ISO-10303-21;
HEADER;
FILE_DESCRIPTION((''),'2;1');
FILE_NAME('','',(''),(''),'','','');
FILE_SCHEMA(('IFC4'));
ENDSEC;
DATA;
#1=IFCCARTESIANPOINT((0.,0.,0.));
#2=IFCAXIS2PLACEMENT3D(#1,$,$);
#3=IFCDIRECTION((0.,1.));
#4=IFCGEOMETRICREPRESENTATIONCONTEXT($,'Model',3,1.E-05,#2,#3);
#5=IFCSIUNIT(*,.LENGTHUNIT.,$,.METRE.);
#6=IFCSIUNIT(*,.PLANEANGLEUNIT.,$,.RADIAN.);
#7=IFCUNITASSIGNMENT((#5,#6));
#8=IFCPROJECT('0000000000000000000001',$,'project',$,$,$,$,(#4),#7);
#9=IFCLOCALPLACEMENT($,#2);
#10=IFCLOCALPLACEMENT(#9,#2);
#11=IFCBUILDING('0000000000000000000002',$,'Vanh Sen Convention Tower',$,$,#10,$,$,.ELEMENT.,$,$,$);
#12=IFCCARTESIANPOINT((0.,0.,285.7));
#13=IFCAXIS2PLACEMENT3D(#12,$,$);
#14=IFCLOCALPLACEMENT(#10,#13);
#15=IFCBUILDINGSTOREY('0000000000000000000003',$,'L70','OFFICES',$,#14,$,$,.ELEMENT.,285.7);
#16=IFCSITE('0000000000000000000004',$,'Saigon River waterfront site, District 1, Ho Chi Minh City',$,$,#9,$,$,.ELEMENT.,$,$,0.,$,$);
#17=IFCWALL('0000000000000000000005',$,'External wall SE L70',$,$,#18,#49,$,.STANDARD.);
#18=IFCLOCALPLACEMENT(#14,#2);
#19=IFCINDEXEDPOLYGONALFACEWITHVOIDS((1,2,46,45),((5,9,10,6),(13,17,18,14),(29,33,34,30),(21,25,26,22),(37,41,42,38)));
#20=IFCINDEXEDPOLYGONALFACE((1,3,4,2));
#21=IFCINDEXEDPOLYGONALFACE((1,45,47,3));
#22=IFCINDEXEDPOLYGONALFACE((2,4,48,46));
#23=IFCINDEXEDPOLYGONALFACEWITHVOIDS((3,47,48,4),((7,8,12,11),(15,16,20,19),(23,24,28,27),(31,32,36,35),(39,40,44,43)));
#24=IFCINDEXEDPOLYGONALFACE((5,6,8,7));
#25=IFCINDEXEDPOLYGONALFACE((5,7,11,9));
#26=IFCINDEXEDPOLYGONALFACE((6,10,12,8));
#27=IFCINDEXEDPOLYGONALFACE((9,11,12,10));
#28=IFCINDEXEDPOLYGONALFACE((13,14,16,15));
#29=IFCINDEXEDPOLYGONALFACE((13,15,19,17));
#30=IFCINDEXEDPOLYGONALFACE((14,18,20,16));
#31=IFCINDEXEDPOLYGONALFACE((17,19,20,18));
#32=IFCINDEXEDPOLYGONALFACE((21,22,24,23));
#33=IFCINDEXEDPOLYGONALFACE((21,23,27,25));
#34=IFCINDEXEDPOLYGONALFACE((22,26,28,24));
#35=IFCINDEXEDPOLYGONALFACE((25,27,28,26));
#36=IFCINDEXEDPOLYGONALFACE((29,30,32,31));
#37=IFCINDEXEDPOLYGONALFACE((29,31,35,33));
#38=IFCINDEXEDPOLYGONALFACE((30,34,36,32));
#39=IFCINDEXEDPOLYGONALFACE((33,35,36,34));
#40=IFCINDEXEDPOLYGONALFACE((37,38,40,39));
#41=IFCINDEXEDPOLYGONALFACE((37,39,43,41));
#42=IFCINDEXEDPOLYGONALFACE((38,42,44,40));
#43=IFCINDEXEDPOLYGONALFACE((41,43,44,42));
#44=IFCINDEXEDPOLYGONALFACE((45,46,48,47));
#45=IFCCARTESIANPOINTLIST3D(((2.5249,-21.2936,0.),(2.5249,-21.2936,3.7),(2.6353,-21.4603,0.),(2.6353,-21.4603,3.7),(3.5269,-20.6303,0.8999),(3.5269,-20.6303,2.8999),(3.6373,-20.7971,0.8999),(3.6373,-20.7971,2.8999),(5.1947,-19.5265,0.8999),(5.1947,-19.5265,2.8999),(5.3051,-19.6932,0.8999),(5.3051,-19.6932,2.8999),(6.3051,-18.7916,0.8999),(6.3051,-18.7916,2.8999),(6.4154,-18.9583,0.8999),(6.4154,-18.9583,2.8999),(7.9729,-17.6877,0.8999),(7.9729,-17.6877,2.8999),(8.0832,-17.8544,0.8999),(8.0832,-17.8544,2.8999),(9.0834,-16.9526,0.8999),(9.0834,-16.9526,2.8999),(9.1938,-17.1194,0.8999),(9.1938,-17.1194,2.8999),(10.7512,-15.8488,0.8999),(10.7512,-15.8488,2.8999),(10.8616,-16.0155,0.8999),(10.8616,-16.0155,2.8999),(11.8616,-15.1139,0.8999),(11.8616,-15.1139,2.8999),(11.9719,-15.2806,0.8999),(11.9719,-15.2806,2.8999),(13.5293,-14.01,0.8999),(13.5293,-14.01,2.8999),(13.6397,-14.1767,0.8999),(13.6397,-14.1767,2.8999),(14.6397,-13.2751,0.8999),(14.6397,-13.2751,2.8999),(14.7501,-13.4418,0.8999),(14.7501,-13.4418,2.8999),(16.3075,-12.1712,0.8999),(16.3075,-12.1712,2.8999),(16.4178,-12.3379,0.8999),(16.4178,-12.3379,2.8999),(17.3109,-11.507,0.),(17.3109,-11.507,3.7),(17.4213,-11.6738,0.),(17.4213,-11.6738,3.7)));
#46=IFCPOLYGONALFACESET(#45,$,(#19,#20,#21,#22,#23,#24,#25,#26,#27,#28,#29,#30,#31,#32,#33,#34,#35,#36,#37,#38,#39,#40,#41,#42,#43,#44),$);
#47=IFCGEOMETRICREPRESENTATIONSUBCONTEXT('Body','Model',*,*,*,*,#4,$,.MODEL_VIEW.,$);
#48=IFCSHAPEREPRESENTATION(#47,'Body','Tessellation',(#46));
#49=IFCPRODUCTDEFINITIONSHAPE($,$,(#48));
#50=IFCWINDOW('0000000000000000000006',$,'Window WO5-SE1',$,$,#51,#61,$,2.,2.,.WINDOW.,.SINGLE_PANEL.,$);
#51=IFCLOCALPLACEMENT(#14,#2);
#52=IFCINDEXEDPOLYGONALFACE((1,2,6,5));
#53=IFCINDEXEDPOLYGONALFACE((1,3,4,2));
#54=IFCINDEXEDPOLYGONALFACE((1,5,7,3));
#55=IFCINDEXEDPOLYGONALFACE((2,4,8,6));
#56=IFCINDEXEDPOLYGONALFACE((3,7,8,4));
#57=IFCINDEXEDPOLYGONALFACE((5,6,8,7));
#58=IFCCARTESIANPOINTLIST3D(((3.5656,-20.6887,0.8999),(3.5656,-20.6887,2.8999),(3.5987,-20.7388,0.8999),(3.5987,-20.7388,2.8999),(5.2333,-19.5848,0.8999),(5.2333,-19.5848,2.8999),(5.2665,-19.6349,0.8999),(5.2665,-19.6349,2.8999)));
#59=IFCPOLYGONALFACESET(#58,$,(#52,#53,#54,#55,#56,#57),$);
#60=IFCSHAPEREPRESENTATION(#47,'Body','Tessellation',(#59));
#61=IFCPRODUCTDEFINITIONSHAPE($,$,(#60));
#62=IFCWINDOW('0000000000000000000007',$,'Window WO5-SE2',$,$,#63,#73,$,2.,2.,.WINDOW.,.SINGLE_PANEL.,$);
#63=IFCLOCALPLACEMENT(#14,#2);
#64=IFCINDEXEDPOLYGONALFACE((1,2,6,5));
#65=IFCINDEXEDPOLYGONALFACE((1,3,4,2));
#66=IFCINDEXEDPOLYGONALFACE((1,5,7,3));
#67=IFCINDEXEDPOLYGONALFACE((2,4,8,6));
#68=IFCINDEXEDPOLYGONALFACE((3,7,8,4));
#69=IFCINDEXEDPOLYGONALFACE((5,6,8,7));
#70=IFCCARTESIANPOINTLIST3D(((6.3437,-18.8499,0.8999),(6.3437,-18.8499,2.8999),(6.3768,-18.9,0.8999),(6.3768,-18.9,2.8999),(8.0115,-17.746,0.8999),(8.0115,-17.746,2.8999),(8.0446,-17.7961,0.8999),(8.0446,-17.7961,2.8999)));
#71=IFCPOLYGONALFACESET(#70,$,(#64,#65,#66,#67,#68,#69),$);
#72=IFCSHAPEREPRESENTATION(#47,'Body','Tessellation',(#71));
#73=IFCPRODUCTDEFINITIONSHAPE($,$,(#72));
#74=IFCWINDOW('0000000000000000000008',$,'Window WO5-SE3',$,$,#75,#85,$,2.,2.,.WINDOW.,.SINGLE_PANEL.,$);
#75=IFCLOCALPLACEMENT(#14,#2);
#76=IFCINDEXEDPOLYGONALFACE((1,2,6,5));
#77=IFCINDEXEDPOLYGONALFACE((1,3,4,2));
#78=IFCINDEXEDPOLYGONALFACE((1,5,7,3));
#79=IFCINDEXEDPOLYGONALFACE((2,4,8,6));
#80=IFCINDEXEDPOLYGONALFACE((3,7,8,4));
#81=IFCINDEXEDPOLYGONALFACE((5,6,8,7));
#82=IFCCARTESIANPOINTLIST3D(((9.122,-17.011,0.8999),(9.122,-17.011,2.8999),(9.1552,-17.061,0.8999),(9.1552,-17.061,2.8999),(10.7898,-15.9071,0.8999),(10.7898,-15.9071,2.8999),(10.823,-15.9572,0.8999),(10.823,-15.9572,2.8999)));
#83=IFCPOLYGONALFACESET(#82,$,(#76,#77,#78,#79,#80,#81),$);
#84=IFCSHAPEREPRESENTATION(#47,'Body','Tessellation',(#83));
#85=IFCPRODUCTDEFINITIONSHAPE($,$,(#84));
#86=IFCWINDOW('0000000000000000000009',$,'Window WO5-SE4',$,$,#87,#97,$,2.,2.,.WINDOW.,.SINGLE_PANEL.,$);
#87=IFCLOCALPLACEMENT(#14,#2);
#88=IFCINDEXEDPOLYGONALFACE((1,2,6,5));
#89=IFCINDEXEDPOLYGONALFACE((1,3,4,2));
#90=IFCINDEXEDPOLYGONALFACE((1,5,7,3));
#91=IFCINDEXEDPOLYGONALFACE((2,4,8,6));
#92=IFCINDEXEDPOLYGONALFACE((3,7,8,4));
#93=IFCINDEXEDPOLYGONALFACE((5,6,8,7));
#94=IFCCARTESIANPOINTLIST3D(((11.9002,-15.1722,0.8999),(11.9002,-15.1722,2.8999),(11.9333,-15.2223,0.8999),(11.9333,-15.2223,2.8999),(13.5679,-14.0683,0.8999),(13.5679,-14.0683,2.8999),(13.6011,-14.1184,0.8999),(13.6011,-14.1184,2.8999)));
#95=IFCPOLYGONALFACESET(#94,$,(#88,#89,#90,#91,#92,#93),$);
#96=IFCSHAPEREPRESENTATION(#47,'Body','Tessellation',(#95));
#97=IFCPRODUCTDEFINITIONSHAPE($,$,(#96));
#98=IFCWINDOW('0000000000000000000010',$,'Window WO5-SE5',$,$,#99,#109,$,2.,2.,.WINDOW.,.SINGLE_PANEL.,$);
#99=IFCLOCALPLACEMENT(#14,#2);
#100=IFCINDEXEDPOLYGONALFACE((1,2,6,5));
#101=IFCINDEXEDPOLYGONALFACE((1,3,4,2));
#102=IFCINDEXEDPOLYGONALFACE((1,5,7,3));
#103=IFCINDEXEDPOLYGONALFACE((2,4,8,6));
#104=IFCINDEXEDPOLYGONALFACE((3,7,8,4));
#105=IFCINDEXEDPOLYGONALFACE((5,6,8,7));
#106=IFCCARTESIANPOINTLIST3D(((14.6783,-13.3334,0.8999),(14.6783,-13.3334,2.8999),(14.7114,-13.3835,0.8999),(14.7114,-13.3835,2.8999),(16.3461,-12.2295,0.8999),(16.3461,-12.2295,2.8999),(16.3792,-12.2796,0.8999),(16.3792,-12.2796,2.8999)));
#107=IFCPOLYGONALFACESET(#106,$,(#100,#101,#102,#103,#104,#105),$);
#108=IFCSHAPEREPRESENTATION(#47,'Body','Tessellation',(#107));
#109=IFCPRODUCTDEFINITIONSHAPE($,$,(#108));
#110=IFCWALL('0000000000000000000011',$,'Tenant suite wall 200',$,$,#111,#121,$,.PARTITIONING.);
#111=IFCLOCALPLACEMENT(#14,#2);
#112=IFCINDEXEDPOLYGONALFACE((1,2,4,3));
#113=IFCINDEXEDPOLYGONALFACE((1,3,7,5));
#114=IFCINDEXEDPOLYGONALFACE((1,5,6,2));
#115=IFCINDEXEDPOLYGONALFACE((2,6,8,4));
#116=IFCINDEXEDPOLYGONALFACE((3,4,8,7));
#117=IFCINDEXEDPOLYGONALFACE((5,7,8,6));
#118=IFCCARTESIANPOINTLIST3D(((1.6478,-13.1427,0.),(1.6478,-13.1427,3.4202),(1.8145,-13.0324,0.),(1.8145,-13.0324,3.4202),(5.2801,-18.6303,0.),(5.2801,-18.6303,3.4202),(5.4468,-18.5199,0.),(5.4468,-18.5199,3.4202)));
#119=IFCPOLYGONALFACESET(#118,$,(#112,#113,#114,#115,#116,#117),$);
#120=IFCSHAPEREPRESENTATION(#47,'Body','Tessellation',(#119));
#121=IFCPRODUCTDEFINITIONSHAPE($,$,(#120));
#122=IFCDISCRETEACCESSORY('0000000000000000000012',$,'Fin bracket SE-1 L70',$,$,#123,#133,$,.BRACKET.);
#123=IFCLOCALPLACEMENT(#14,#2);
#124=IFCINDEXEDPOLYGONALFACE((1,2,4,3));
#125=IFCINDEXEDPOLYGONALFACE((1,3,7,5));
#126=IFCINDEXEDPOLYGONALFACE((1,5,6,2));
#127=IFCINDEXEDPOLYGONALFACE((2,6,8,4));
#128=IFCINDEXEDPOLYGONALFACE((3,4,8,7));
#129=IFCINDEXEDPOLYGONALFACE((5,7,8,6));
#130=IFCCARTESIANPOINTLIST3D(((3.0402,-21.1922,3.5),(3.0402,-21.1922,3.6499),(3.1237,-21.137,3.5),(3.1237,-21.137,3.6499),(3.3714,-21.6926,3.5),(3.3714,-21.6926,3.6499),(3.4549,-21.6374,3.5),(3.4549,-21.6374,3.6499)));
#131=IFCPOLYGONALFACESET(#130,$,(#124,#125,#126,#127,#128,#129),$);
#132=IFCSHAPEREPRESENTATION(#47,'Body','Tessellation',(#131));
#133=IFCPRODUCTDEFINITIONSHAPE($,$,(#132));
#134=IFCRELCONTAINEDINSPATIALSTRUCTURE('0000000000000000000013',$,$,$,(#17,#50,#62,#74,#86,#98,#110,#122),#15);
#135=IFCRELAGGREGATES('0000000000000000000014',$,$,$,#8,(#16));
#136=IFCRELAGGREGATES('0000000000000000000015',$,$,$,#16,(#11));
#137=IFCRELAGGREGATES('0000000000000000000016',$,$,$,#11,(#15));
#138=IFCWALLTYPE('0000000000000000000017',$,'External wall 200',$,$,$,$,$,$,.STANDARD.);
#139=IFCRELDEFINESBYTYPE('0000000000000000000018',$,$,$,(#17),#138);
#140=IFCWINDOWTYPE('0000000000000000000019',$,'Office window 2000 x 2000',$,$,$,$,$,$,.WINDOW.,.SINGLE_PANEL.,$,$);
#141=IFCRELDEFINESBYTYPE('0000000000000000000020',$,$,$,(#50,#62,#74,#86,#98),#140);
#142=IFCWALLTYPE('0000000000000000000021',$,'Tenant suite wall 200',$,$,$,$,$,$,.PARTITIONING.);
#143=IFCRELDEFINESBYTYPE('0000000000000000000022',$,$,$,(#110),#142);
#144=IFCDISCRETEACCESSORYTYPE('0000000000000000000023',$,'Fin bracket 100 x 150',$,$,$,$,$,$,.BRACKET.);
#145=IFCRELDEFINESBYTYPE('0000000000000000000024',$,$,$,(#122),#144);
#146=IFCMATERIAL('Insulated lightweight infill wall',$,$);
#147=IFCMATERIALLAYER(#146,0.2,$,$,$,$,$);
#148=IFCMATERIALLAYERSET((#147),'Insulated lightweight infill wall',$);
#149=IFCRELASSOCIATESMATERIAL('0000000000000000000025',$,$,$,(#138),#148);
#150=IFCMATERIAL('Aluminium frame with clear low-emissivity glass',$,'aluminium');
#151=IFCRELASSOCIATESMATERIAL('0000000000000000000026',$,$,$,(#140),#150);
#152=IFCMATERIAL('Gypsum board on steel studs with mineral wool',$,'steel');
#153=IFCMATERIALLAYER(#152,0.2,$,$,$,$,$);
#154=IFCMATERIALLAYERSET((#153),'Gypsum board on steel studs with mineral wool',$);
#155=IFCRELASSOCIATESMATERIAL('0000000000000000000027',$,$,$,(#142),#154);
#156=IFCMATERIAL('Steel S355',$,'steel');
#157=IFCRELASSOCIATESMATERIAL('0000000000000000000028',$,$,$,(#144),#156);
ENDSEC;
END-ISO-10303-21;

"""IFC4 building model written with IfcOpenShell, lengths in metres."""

from ifc_helpers import new_model, si_unit, direction, frame, frame_2d, origin, origin_2d, place, context, subcontext, project, spatial, rectangle, extrude, material, layer, layer_set, type_object, element, fill, save


model = new_model("IFC4")

# Units and contexts
model_context = context("Model", 3, precision=1e-05, world=origin(), true_north=direction((0.0, 1.0)))
body_context = subcontext(model_context, "Body", "Model", "MODEL_VIEW")
ifc_project = project(units=[si_unit("LENGTHUNIT", "METRE"), si_unit("PLANEANGLEUNIT", "RADIAN")], contexts=[model_context])

# Site, building, storey
site_placement = place(None, origin())
site = spatial("IfcSite", under=ifc_project, at=site_placement, Name="Saigon River waterfront site, District 1, Ho Chi Minh City", CompositionType="ELEMENT", RefElevation=0.0)
building_placement = place(site_placement, origin())
building = spatial("IfcBuilding", under=site, at=building_placement, Name="Vanh Sen Convention Tower", CompositionType="ELEMENT")
storey_placement = place(building_placement, frame((0.0, 0.0, 285.7)))
storey = spatial("IfcBuildingStorey", under=building, at=storey_placement, Name="L70", Description="OFFICES", CompositionType="ELEMENT", Elevation=285.7)

# Shared definitions
ifc_material_1 = material(Name="Gypsum board on steel studs with mineral wool", Category="steel")

# Wall, openings, windows
ifc_material_2 = material(Name="Insulated lightweight infill wall")
ifc_layer_1 = layer(ifc_material_2, 0.2)
ifc_layer_set_1 = layer_set([ifc_layer_1], Name="Insulated lightweight infill wall")
wall_type_1 = type_object("IfcWallType", Name="External wall 200", PredefinedType="STANDARD", material=ifc_layer_set_1)
wall_1_placement = place(storey_placement, frame((2.5801, -21.377, 0.0), z_axis=(0.0, 0.0, 1.0), x_axis=(0.833889, 0.551933, 0.0)))
wall_1 = element("IfcWall", 1, at=wall_1_placement, inside=storey, type_object=wall_type_1, Name="External wall SE L70", PredefinedType="STANDARD", context=body_context, shape_type="SweptSolid", body=[
    extrude(rectangle(XDim=17.7314, YDim=0.2, at=frame_2d((8.8657, 0.0))), origin(), (0.0, 0.0, 1.0), 3.7),
])
opening_1_placement = place(wall_1_placement, frame((1.2017, 0.0, 0.8999)))
opening_1 = element("IfcOpeningElement", 2, at=opening_1_placement, cuts=wall_1, PredefinedType="OPENING", context=body_context, shape_type="SweptSolid", body=[
    extrude(rectangle(XDim=2.0, YDim=2.0, at=frame_2d((1.0, 1.0))), frame((0.0, 0.1099, 0.0), z_axis=(0.0, -1.0, 0.0), x_axis=(1.0, 0.0, 0.0)), (0.0, 0.0, 1.0), 0.22),
])
opening_2_placement = place(wall_1_placement, frame((4.5332, 0.0, 0.8999)))
opening_2 = element("IfcOpeningElement", 3, at=opening_2_placement, cuts=wall_1, PredefinedType="OPENING", context=body_context, shape_type="SweptSolid", body=[
    extrude(rectangle(XDim=2.0, YDim=2.0, at=frame_2d((1.0, 1.0))), frame((0.0, 0.1099, 0.0), z_axis=(0.0, -1.0, 0.0), x_axis=(1.0, 0.0, 0.0)), (0.0, 0.0, 1.0), 0.22),
])
opening_3_placement = place(wall_1_placement, frame((7.865, 0.0, 0.8999)))
opening_3 = element("IfcOpeningElement", 4, at=opening_3_placement, cuts=wall_1, PredefinedType="OPENING", context=body_context, shape_type="SweptSolid", body=[
    extrude(rectangle(XDim=2.0, YDim=2.0, at=frame_2d((1.0, 1.0))), frame((0.0, 0.1099, 0.0), z_axis=(0.0, -1.0, 0.0), x_axis=(1.0, 0.0, 0.0)), (0.0, 0.0, 1.0), 0.22),
])
opening_4_placement = place(wall_1_placement, frame((11.1965, 0.0, 0.8999)))
opening_4 = element("IfcOpeningElement", 5, at=opening_4_placement, cuts=wall_1, PredefinedType="OPENING", context=body_context, shape_type="SweptSolid", body=[
    extrude(rectangle(XDim=2.0, YDim=2.0, at=frame_2d((1.0, 1.0))), frame((0.0, 0.1099, 0.0), z_axis=(0.0, -1.0, 0.0), x_axis=(1.0, 0.0, 0.0)), (0.0, 0.0, 1.0), 0.22),
])
opening_5_placement = place(wall_1_placement, frame((14.5281, 0.0, 0.8999)))
opening_5 = element("IfcOpeningElement", 6, at=opening_5_placement, cuts=wall_1, PredefinedType="OPENING", context=body_context, shape_type="SweptSolid", body=[
    extrude(rectangle(XDim=2.0, YDim=2.0, at=frame_2d((1.0, 1.0))), frame((0.0, 0.1099, 0.0), z_axis=(0.0, -1.0, 0.0), x_axis=(1.0, 0.0, 0.0)), (0.0, 0.0, 1.0), 0.22),
])
ifc_material_3 = material(Name="Aluminium frame with clear low-emissivity glass", Category="aluminium")
window_type = type_object("IfcWindowType", Name="Office window 2000 x 2000", PartitioningType="SINGLE_PANEL", PredefinedType="WINDOW", material=ifc_material_3)
window_1_placement = place(opening_1_placement, origin())
window_1 = element("IfcWindow", 7, at=window_1_placement, inside=storey, type_object=window_type, Name="Window WO5-SE1", OverallHeight=2.0, OverallWidth=2.0, PartitioningType="SINGLE_PANEL", PredefinedType="WINDOW", context=body_context, shape_type="SweptSolid", body=[
    extrude(rectangle(XDim=2.0, YDim=2.0, at=frame_2d((1.0, 1.0))), frame((0.0, 0.03, 0.0), z_axis=(0.0, -1.0, 0.0), x_axis=(1.0, 0.0, 0.0)), (0.0, 0.0, 1.0), 0.0601),
])
fill(opening_1, window_1)
window_2_placement = place(opening_2_placement, origin())
window_2 = element("IfcWindow", 8, at=window_2_placement, inside=storey, type_object=window_type, Name="Window WO5-SE2", OverallHeight=2.0, OverallWidth=2.0, PartitioningType="SINGLE_PANEL", PredefinedType="WINDOW", context=body_context, shape_type="SweptSolid", body=[
    extrude(rectangle(XDim=2.0, YDim=2.0, at=frame_2d((1.0, 1.0))), frame((0.0, 0.03, 0.0), z_axis=(0.0, -1.0, 0.0), x_axis=(1.0, 0.0, 0.0)), (0.0, 0.0, 1.0), 0.0601),
])
fill(opening_2, window_2)
window_3_placement = place(opening_3_placement, origin())
window_3 = element("IfcWindow", 9, at=window_3_placement, inside=storey, type_object=window_type, Name="Window WO5-SE3", OverallHeight=2.0, OverallWidth=2.0, PartitioningType="SINGLE_PANEL", PredefinedType="WINDOW", context=body_context, shape_type="SweptSolid", body=[
    extrude(rectangle(XDim=2.0, YDim=2.0, at=frame_2d((1.0, 1.0))), frame((0.0, 0.03, 0.0), z_axis=(0.0, -1.0, 0.0), x_axis=(1.0, 0.0, 0.0)), (0.0, 0.0, 1.0), 0.0601),
])
fill(opening_3, window_3)
window_4_placement = place(opening_4_placement, origin())
window_4 = element("IfcWindow", 10, at=window_4_placement, inside=storey, type_object=window_type, Name="Window WO5-SE4", OverallHeight=2.0, OverallWidth=2.0, PartitioningType="SINGLE_PANEL", PredefinedType="WINDOW", context=body_context, shape_type="SweptSolid", body=[
    extrude(rectangle(XDim=2.0, YDim=2.0, at=frame_2d((1.0, 1.0))), frame((0.0, 0.03, 0.0), z_axis=(0.0, -1.0, 0.0), x_axis=(1.0, 0.0, 0.0)), (0.0, 0.0, 1.0), 0.0601),
])
fill(opening_4, window_4)
window_5_placement = place(opening_5_placement, origin())
window_5 = element("IfcWindow", 11, at=window_5_placement, inside=storey, type_object=window_type, Name="Window WO5-SE5", OverallHeight=2.0, OverallWidth=2.0, PartitioningType="SINGLE_PANEL", PredefinedType="WINDOW", context=body_context, shape_type="SweptSolid", body=[
    extrude(rectangle(XDim=2.0, YDim=2.0, at=frame_2d((1.0, 1.0))), frame((0.0, 0.03, 0.0), z_axis=(0.0, -1.0, 0.0), x_axis=(1.0, 0.0, 0.0)), (0.0, 0.0, 1.0), 0.0601),
])
fill(opening_5, window_5)

# Wall
ifc_layer_2 = layer(ifc_material_1, 0.2)
ifc_layer_set_2 = layer_set([ifc_layer_2], Name="Gypsum board on steel studs with mineral wool")
wall_type_2 = type_object("IfcWallType", Name="Tenant suite wall 200", PredefinedType="PARTITIONING", material=ifc_layer_set_2)
wall_2_placement = place(storey_placement, frame((5.3635, -18.5752, 0.0), z_axis=(0.0, 0.0, 1.0), x_axis=(-0.551958, 0.833872, 0.0)))
element("IfcWall", 12, at=wall_2_placement, inside=storey, type_object=wall_type_2, Name="Tenant suite wall 200", PredefinedType="PARTITIONING", context=body_context, shape_type="SweptSolid", body=[
    extrude(rectangle(XDim=6.5808, YDim=0.2, at=frame_2d((3.2905, 0.0))), origin(), (0.0, 0.0, 1.0), 3.4202),
])

# Discrete accessory
ifc_material_4 = material(Name="Steel S355", Category="steel")
discrete_accessory_type = type_object("IfcDiscreteAccessoryType", Name="Fin bracket 100 x 150", PredefinedType="BRACKET", material=ifc_material_4)
discrete_accessory_placement = place(storey_placement, frame((3.2476, -21.4148, 3.5), z_axis=(0.0, 0.0, 1.0), x_axis=(0.551937, -0.833886, 0.0)))
element("IfcDiscreteAccessory", 13, at=discrete_accessory_placement, inside=storey, type_object=discrete_accessory_type, Name="Fin bracket SE-1 L70", PredefinedType="BRACKET", context=body_context, shape_type="SweptSolid", body=[
    extrude(rectangle(XDim=0.6001, YDim=0.1001, at=origin_2d()), origin(), (0.0, 0.0, 1.0), 0.1499),
])

save(model, "model.ifc")
